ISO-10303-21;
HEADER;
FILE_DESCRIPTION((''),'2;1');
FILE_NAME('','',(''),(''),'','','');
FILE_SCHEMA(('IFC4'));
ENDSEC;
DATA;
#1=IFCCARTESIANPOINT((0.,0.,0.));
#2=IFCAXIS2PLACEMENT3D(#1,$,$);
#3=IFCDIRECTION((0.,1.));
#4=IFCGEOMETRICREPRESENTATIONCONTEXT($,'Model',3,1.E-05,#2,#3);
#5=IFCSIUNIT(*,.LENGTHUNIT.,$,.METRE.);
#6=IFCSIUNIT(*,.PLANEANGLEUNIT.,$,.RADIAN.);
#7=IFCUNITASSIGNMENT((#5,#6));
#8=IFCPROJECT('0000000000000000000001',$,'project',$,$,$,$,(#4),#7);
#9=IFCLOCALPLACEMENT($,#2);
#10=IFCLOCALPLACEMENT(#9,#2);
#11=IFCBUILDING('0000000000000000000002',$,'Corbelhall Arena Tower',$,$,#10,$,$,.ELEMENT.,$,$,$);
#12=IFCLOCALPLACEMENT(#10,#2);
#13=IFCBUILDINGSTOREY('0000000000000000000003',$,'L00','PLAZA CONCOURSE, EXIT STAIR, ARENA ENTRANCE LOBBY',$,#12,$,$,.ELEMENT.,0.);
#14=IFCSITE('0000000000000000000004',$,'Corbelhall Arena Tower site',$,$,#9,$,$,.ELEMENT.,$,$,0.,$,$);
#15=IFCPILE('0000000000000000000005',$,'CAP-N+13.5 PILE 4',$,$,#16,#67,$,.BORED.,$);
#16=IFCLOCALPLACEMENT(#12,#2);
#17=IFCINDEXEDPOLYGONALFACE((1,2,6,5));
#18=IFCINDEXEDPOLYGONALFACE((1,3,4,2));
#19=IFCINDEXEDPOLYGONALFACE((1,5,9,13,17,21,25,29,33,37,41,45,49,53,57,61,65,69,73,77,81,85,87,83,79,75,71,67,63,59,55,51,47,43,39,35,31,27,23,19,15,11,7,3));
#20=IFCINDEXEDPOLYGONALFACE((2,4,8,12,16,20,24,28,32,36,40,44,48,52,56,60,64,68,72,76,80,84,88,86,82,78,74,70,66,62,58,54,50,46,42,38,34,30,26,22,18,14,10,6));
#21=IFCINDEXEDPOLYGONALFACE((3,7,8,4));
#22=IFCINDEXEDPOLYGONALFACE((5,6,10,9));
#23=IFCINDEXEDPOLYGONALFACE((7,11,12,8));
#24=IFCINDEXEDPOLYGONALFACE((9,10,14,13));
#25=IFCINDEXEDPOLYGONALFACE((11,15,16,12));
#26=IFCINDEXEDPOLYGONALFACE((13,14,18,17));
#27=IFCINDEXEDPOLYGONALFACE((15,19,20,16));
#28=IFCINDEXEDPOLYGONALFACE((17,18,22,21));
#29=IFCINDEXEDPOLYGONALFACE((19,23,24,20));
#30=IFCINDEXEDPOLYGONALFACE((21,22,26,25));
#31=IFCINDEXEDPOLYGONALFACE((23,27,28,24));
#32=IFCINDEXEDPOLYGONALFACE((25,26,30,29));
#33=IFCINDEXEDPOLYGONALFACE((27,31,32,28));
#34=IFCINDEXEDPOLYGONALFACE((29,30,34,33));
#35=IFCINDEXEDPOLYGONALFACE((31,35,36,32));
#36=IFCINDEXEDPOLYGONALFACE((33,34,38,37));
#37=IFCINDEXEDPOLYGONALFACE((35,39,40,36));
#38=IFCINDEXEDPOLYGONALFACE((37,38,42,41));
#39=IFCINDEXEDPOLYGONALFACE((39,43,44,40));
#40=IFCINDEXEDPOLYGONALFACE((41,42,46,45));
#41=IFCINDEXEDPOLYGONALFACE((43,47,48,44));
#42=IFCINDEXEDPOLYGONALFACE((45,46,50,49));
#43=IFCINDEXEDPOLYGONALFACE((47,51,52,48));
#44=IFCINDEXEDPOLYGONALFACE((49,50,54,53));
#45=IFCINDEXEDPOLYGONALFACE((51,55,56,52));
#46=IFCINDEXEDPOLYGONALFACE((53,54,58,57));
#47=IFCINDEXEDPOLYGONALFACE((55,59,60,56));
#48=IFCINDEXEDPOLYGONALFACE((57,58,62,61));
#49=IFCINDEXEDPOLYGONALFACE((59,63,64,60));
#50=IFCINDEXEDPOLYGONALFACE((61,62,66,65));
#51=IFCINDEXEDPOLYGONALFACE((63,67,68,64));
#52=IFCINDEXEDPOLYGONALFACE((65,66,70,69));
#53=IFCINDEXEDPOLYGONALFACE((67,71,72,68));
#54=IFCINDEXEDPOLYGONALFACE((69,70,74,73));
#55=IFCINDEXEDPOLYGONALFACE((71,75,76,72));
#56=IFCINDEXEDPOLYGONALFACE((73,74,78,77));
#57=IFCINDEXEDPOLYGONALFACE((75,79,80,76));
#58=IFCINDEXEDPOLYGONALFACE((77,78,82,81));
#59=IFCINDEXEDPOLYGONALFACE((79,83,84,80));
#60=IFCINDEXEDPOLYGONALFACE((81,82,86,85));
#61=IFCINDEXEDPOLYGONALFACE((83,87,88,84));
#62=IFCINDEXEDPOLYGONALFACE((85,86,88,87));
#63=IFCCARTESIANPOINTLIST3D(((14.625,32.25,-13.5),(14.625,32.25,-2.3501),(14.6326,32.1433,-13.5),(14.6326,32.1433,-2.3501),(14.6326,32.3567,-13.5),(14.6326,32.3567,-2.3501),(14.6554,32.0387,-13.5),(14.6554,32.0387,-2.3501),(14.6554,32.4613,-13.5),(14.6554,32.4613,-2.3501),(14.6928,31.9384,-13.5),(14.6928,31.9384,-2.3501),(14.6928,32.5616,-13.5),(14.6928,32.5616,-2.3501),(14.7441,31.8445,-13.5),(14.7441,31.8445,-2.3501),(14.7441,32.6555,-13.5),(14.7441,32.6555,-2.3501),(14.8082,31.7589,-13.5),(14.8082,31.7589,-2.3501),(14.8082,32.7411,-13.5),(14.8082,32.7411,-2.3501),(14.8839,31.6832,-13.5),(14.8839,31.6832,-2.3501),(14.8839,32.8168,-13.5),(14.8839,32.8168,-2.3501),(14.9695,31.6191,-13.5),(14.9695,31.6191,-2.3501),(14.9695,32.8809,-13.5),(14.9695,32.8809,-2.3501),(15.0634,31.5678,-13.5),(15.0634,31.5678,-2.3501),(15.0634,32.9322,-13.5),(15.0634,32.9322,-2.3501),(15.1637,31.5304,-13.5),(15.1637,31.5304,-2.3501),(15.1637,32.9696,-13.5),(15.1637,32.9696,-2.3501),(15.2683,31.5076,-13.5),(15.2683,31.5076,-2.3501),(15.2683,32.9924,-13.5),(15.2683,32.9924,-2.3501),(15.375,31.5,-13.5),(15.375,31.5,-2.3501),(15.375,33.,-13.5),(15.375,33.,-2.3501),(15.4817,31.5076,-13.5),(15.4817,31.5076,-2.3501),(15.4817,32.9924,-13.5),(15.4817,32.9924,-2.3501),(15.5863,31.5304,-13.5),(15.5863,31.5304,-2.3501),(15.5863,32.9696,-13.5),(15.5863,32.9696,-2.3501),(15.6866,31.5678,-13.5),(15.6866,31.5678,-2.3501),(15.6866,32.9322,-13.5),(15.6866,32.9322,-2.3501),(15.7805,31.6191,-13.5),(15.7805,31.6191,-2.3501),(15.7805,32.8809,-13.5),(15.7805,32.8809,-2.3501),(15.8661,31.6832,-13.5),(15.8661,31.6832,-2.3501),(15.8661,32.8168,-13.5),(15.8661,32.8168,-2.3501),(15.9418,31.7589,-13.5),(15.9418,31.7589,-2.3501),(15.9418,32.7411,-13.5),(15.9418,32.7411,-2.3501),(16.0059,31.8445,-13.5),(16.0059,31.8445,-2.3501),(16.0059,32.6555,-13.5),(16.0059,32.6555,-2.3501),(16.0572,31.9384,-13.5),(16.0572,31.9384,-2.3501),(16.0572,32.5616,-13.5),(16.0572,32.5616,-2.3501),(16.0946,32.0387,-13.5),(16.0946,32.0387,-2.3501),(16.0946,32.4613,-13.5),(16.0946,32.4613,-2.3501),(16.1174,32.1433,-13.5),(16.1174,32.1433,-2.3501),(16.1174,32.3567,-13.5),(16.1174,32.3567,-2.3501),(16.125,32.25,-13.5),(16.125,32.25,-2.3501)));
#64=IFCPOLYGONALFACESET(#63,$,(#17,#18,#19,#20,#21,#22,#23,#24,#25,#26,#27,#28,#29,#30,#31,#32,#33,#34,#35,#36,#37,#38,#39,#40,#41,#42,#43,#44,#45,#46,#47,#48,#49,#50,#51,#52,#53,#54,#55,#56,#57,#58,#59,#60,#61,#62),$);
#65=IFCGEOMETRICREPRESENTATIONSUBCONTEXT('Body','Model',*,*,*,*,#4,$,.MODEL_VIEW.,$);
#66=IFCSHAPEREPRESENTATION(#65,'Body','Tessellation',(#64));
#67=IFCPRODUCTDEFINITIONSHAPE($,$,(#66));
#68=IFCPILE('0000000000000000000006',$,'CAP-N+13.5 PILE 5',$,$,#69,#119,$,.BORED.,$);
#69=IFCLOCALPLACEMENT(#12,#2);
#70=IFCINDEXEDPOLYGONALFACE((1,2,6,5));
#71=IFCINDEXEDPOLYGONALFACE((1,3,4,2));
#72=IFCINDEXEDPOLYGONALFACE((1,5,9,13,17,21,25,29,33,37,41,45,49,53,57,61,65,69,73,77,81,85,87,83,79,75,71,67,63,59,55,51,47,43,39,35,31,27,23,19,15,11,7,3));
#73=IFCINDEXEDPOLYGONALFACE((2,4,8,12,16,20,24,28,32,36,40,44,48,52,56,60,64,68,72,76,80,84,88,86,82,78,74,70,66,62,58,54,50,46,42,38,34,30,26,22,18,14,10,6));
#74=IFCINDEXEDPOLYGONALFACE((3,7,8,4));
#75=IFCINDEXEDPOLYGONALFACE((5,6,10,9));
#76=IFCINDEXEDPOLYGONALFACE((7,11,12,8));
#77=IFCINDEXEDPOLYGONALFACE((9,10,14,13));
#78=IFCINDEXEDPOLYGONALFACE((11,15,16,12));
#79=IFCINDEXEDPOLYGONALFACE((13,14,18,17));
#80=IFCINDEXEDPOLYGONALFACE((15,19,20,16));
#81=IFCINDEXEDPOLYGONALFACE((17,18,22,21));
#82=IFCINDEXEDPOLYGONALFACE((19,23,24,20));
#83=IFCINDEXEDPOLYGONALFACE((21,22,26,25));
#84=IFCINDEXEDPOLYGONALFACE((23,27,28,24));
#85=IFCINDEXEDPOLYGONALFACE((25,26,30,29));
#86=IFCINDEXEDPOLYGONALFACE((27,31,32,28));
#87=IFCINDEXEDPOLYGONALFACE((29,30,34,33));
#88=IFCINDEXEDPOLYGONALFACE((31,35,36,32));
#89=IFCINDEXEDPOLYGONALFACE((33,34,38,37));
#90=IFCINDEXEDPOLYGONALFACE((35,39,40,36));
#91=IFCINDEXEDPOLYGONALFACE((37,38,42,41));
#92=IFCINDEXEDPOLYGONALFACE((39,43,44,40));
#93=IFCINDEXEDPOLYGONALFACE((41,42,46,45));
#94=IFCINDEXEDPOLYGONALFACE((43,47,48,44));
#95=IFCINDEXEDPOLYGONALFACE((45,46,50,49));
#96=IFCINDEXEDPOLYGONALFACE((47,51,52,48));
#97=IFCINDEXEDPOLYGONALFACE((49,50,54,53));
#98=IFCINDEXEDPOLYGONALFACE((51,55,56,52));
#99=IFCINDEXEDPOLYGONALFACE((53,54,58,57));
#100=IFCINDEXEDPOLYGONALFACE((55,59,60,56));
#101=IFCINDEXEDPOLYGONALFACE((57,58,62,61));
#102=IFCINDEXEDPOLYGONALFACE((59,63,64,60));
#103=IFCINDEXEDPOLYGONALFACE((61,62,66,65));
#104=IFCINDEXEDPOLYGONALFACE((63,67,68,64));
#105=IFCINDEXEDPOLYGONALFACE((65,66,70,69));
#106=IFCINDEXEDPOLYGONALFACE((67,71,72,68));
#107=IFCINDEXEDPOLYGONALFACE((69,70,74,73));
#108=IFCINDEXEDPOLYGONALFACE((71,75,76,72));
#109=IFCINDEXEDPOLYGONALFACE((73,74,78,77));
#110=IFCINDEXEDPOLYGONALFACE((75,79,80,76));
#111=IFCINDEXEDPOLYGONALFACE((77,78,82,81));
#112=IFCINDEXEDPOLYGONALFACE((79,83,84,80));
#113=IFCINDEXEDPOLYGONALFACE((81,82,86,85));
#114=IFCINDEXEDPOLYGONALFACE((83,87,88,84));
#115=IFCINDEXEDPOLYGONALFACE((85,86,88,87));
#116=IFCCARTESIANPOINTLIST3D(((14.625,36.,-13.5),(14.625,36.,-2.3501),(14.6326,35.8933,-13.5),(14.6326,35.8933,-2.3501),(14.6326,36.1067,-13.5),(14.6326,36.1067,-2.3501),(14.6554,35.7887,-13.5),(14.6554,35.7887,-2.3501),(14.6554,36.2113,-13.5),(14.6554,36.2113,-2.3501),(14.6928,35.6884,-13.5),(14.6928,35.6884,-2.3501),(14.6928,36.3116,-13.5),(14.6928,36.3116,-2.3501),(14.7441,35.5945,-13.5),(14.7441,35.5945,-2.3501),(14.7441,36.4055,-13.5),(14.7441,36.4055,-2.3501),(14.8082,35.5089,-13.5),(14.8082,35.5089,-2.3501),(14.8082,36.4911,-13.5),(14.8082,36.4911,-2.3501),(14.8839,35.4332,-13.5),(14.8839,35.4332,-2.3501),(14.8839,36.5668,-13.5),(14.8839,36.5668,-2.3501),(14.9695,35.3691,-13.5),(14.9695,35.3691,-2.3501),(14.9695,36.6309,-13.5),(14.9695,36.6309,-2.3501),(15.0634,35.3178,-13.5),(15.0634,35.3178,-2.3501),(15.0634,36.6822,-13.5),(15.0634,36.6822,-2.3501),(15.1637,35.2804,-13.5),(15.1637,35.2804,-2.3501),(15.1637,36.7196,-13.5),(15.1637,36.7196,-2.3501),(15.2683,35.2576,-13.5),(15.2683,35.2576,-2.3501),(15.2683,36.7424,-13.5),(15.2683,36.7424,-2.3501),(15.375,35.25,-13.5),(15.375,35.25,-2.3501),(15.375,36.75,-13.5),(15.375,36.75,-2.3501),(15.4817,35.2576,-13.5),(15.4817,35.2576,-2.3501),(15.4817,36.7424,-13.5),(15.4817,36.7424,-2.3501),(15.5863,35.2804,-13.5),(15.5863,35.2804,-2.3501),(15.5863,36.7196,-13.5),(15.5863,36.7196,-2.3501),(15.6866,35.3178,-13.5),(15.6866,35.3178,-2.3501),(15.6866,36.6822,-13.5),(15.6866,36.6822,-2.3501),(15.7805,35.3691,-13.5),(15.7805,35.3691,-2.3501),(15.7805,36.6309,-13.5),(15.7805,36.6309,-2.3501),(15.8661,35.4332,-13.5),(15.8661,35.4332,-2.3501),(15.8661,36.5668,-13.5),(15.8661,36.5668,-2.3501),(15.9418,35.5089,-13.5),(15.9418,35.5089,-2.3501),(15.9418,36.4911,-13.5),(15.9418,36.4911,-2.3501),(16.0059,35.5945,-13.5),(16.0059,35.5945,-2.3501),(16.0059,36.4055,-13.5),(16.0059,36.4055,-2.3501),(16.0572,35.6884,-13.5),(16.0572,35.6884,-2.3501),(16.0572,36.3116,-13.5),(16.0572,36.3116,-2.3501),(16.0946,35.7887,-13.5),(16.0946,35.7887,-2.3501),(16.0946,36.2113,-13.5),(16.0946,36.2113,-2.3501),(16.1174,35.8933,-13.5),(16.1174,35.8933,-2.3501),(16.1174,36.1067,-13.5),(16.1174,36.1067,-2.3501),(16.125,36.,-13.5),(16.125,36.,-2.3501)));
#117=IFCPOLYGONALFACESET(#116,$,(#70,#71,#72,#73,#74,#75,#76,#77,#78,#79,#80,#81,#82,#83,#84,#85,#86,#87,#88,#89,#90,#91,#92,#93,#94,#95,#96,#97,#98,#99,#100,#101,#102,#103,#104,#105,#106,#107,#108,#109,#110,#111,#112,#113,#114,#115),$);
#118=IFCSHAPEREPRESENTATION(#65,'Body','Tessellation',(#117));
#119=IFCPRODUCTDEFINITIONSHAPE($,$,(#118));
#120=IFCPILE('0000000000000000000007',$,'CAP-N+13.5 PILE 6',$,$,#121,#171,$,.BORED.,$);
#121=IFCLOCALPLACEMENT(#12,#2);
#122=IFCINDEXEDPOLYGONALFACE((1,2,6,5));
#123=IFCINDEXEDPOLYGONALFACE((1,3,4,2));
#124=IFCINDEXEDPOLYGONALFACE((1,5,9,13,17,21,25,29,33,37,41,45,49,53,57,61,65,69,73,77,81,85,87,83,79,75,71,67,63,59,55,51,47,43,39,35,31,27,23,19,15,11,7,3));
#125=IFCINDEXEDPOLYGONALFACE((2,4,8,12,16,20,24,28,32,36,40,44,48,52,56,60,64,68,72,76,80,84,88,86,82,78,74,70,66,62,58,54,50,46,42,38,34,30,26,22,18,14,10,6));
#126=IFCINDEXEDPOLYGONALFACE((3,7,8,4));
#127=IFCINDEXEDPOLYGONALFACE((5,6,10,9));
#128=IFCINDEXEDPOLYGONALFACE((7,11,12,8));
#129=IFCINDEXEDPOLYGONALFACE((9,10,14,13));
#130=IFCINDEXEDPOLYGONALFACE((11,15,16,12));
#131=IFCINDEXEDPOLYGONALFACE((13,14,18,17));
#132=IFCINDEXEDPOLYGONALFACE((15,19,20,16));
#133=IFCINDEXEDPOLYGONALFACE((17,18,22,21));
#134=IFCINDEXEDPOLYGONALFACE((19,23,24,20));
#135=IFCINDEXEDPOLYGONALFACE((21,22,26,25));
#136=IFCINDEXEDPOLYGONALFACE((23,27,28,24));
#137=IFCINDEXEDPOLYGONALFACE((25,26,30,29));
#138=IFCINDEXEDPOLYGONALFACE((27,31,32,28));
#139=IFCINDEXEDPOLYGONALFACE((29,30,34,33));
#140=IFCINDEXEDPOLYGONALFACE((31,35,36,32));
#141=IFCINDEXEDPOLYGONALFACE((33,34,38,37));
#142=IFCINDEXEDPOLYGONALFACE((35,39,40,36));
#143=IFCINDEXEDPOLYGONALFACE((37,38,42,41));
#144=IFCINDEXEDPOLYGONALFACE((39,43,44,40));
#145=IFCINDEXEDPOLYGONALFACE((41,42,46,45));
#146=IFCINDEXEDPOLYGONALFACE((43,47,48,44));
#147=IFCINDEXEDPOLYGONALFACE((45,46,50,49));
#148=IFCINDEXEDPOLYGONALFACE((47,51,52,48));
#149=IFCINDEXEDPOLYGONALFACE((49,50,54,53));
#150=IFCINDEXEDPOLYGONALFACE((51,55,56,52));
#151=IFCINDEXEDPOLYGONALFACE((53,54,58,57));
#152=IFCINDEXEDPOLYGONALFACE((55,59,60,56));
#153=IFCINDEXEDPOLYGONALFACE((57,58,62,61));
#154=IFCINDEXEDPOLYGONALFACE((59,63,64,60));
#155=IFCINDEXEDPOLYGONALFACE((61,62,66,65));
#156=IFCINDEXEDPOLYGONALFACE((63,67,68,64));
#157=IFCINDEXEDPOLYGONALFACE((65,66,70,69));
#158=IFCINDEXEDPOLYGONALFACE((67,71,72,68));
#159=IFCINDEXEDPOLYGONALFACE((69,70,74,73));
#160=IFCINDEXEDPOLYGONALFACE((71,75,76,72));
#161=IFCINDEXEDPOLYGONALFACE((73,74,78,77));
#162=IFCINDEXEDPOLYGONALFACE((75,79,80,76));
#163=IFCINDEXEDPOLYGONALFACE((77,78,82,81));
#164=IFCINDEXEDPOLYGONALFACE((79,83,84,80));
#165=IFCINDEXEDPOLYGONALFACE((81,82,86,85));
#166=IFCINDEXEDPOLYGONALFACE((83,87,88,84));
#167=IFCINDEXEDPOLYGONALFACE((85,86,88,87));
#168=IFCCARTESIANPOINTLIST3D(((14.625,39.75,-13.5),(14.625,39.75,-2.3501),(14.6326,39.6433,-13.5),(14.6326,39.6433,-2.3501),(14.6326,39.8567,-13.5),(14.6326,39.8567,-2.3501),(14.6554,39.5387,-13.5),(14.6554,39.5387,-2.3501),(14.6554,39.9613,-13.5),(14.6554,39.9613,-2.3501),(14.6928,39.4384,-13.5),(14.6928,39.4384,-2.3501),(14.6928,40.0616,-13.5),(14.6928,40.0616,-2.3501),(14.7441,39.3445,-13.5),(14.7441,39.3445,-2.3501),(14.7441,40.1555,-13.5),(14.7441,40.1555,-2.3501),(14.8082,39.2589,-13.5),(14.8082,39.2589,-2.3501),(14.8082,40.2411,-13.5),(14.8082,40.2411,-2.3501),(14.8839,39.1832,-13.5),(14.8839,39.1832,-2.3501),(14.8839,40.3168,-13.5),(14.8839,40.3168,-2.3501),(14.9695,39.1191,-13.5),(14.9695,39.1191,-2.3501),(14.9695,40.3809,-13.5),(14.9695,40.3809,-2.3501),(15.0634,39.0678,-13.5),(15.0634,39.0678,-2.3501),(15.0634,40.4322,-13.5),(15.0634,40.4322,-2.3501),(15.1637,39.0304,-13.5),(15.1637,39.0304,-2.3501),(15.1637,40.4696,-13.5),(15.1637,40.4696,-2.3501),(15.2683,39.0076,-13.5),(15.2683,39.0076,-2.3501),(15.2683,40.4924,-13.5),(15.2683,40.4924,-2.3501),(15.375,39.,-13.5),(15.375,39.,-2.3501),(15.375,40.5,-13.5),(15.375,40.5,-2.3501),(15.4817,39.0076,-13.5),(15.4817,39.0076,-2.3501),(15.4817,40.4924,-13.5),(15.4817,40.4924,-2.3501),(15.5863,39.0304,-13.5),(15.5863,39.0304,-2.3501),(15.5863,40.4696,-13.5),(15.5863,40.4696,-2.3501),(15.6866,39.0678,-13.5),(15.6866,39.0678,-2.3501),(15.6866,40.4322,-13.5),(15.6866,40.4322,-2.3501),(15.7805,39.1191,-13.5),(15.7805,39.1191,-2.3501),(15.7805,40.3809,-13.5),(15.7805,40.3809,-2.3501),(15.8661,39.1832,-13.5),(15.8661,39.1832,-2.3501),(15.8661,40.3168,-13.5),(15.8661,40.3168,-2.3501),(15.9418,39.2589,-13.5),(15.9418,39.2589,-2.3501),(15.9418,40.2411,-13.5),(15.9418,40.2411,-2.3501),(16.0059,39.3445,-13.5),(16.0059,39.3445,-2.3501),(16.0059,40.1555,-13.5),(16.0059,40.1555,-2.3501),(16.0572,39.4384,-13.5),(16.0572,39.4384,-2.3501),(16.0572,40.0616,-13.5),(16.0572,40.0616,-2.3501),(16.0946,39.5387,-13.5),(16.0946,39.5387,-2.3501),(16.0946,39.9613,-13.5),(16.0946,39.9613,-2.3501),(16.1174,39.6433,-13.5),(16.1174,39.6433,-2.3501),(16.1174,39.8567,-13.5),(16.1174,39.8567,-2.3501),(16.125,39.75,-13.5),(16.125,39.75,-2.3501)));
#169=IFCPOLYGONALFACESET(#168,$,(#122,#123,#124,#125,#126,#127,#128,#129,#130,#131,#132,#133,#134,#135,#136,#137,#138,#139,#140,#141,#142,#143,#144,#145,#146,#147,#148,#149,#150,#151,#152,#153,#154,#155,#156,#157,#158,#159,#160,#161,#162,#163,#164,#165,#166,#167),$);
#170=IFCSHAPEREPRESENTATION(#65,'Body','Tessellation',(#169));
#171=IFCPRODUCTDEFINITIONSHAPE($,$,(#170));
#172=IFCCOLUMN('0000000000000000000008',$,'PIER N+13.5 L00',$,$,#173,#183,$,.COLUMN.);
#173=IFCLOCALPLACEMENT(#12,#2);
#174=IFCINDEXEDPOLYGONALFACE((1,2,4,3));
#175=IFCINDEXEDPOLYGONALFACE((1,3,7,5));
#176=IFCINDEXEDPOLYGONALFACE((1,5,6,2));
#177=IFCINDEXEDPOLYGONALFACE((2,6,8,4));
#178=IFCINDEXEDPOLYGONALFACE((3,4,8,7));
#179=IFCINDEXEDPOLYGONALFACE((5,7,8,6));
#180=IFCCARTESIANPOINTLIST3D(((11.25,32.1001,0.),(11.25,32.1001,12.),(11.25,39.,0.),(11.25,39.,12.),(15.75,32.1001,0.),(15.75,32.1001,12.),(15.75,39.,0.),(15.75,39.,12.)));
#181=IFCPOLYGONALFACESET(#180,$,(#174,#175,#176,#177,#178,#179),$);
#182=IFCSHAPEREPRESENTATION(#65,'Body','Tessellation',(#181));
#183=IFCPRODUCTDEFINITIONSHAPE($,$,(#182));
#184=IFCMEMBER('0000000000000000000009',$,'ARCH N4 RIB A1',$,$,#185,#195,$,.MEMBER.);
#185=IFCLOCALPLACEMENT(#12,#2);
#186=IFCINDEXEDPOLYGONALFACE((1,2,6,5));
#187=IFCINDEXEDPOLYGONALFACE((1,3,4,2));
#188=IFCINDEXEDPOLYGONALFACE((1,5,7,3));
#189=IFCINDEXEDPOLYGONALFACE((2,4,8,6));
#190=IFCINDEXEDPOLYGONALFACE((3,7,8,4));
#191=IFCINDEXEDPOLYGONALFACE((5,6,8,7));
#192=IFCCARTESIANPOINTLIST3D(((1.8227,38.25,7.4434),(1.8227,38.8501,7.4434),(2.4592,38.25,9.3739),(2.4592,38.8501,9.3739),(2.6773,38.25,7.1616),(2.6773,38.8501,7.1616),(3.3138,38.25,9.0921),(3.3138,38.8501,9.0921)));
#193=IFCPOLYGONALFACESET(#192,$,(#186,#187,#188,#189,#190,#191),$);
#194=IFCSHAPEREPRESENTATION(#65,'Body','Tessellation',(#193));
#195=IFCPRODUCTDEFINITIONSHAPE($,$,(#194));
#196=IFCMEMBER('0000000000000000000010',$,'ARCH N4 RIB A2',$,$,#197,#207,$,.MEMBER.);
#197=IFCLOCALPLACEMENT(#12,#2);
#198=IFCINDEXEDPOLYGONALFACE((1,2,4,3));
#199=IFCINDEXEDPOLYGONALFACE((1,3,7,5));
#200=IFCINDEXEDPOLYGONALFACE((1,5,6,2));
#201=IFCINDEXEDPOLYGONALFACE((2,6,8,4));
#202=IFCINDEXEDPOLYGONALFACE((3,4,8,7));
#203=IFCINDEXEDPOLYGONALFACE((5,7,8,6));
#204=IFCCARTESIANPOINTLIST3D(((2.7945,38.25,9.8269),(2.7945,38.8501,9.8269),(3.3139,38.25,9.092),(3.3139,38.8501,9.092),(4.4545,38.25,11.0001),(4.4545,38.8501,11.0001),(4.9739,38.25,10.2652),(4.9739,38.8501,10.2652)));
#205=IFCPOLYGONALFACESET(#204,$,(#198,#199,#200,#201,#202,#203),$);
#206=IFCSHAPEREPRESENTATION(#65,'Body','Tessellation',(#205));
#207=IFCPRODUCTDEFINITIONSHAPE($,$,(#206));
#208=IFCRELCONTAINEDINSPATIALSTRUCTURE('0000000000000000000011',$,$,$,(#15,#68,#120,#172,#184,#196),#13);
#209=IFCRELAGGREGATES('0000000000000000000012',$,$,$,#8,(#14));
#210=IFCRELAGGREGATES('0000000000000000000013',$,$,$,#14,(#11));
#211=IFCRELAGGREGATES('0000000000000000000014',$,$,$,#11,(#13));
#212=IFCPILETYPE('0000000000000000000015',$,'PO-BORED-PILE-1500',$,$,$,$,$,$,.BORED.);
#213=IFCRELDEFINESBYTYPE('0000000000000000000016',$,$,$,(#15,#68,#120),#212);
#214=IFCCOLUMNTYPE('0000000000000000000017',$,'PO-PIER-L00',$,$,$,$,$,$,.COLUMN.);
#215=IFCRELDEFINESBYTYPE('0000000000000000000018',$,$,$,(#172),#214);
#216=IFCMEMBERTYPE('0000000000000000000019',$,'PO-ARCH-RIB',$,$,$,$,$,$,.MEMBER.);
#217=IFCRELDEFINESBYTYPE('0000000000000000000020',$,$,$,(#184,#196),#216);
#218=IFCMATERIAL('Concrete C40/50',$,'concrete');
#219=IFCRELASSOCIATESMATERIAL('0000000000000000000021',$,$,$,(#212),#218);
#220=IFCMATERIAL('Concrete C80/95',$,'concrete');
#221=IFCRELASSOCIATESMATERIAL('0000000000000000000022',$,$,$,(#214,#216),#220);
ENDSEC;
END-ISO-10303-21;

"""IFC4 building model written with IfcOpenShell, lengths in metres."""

from ifc_helpers import new_model, si_unit, direction, frame, origin, origin_2d, place, context, subcontext, project, spatial, rectangle, circle, extrude, material, material_profile, profile_set, type_object, element, save


model = new_model("IFC4")

# Units and contexts
model_context = context("Model", 3, precision=1e-05, world=origin(), true_north=direction((0.0, 1.0)))
body_context = subcontext(model_context, "Body", "Model", "MODEL_VIEW")
ifc_project = project(units=[si_unit("LENGTHUNIT", "METRE"), si_unit("PLANEANGLEUNIT", "RADIAN")], contexts=[model_context])

# Site, building, storey
site_placement = place(None, origin())
site = spatial("IfcSite", under=ifc_project, at=site_placement, Name="Corbelhall Arena Tower site", CompositionType="ELEMENT", RefElevation=0.0)
building_placement = place(site_placement, origin())
building = spatial("IfcBuilding", under=site, at=building_placement, Name="Corbelhall Arena Tower", CompositionType="ELEMENT")
storey_placement = place(building_placement, origin())
storey = spatial("IfcBuildingStorey", under=building, at=storey_placement, Name="L00", Description="PLAZA CONCOURSE, EXIT STAIR, ARENA ENTRANCE LOBBY", CompositionType="ELEMENT", Elevation=0.0)

# Piles
ifc_material_1 = material(Name="Concrete C40/50", Category="concrete")
ifc_material_profile_1 = material_profile(ifc_material_1, circle(Radius=0.75, at=origin_2d()))
ifc_profile_set_1 = profile_set([ifc_material_profile_1], Name="Concrete C40/50")
pile_type = type_object("IfcPileType", Name="PO-BORED-PILE-1500", PredefinedType="BORED", material=ifc_profile_set_1)
for number, where, z_axis, x_axis, name in (
    (1, (15.375, 32.25, -2.3501), (0.0, 0.0, -1.0), (1.0, 0.0, 0.0), "CAP-N+13.5 PILE 4"),
    (2, (15.375, 36.0, -2.3501), (0.0, 0.0, -1.0), (1.0, 0.0, 0.0), "CAP-N+13.5 PILE 5"),
    (3, (15.375, 39.75, -2.3501), (0.0, 0.0, -1.0), (1.0, 0.0, 0.0), "CAP-N+13.5 PILE 6"),
):
    element("IfcPile", number, at=place(storey_placement, frame(where, z_axis=z_axis, x_axis=x_axis)), inside=storey, type_object=pile_type, Name=name, PredefinedType="BORED", context=body_context, shape_type="SweptSolid", body=[
        extrude(circle(Radius=0.75, at=origin_2d()), origin(), (0.0, 0.0, 1.0), 11.1499),
    ])

# Column
ifc_material_2 = material(Name="Concrete C80/95", Category="concrete")
ifc_material_profile_2 = material_profile(ifc_material_2, rectangle(XDim=4.5, YDim=6.8999, at=origin_2d()))
ifc_profile_set_2 = profile_set([ifc_material_profile_2], Name="Concrete C80/95")
column_type = type_object("IfcColumnType", Name="PO-PIER-L00", PredefinedType="COLUMN", material=ifc_profile_set_2)
column_placement = place(storey_placement, frame((13.5, 35.55, 0.0), z_axis=(0.0, 0.0, 1.0), x_axis=(1.0, 0.0, 0.0)))
element("IfcColumn", 4, at=column_placement, inside=storey, type_object=column_type, Name="PIER N+13.5 L00", PredefinedType="COLUMN", context=body_context, shape_type="SweptSolid", body=[
    extrude(rectangle(XDim=4.5, YDim=6.8999, at=origin_2d()), origin(), (0.0, 0.0, 1.0), 12.0),
])

# Members
ifc_material_profile_3 = material_profile(ifc_material_2, rectangle(XDim=0.6001, YDim=0.8999, at=origin_2d()))
ifc_profile_set_3 = profile_set([ifc_material_profile_3], Name="Concrete C80/95")
member_type = type_object("IfcMemberType", Name="PO-ARCH-RIB", PredefinedType="MEMBER", material=ifc_profile_set_3)
for number, where, z_axis, x_axis, name in (
    (5, (2.25, 38.55, 7.3025), (0.313127, 0.0, 0.949711), (0.0, 1.0, 0.0), "ARCH N4 RIB A1"),
    (6, (3.0542, 38.55, 9.4595), (0.816645, 0.0, 0.577141), (0.0, 1.0, 0.0), "ARCH N4 RIB A2"),
):
    element("IfcMember", number, at=place(storey_placement, frame(where, z_axis=z_axis, x_axis=x_axis)), inside=storey, type_object=member_type, Name=name, PredefinedType="MEMBER", context=body_context, shape_type="SweptSolid", body=[
        extrude(rectangle(XDim=0.6001, YDim=0.8999, at=origin_2d()), origin(), (0.0, 0.0, 1.0), 2.0327),
    ])

save(model, "model.ifc")
